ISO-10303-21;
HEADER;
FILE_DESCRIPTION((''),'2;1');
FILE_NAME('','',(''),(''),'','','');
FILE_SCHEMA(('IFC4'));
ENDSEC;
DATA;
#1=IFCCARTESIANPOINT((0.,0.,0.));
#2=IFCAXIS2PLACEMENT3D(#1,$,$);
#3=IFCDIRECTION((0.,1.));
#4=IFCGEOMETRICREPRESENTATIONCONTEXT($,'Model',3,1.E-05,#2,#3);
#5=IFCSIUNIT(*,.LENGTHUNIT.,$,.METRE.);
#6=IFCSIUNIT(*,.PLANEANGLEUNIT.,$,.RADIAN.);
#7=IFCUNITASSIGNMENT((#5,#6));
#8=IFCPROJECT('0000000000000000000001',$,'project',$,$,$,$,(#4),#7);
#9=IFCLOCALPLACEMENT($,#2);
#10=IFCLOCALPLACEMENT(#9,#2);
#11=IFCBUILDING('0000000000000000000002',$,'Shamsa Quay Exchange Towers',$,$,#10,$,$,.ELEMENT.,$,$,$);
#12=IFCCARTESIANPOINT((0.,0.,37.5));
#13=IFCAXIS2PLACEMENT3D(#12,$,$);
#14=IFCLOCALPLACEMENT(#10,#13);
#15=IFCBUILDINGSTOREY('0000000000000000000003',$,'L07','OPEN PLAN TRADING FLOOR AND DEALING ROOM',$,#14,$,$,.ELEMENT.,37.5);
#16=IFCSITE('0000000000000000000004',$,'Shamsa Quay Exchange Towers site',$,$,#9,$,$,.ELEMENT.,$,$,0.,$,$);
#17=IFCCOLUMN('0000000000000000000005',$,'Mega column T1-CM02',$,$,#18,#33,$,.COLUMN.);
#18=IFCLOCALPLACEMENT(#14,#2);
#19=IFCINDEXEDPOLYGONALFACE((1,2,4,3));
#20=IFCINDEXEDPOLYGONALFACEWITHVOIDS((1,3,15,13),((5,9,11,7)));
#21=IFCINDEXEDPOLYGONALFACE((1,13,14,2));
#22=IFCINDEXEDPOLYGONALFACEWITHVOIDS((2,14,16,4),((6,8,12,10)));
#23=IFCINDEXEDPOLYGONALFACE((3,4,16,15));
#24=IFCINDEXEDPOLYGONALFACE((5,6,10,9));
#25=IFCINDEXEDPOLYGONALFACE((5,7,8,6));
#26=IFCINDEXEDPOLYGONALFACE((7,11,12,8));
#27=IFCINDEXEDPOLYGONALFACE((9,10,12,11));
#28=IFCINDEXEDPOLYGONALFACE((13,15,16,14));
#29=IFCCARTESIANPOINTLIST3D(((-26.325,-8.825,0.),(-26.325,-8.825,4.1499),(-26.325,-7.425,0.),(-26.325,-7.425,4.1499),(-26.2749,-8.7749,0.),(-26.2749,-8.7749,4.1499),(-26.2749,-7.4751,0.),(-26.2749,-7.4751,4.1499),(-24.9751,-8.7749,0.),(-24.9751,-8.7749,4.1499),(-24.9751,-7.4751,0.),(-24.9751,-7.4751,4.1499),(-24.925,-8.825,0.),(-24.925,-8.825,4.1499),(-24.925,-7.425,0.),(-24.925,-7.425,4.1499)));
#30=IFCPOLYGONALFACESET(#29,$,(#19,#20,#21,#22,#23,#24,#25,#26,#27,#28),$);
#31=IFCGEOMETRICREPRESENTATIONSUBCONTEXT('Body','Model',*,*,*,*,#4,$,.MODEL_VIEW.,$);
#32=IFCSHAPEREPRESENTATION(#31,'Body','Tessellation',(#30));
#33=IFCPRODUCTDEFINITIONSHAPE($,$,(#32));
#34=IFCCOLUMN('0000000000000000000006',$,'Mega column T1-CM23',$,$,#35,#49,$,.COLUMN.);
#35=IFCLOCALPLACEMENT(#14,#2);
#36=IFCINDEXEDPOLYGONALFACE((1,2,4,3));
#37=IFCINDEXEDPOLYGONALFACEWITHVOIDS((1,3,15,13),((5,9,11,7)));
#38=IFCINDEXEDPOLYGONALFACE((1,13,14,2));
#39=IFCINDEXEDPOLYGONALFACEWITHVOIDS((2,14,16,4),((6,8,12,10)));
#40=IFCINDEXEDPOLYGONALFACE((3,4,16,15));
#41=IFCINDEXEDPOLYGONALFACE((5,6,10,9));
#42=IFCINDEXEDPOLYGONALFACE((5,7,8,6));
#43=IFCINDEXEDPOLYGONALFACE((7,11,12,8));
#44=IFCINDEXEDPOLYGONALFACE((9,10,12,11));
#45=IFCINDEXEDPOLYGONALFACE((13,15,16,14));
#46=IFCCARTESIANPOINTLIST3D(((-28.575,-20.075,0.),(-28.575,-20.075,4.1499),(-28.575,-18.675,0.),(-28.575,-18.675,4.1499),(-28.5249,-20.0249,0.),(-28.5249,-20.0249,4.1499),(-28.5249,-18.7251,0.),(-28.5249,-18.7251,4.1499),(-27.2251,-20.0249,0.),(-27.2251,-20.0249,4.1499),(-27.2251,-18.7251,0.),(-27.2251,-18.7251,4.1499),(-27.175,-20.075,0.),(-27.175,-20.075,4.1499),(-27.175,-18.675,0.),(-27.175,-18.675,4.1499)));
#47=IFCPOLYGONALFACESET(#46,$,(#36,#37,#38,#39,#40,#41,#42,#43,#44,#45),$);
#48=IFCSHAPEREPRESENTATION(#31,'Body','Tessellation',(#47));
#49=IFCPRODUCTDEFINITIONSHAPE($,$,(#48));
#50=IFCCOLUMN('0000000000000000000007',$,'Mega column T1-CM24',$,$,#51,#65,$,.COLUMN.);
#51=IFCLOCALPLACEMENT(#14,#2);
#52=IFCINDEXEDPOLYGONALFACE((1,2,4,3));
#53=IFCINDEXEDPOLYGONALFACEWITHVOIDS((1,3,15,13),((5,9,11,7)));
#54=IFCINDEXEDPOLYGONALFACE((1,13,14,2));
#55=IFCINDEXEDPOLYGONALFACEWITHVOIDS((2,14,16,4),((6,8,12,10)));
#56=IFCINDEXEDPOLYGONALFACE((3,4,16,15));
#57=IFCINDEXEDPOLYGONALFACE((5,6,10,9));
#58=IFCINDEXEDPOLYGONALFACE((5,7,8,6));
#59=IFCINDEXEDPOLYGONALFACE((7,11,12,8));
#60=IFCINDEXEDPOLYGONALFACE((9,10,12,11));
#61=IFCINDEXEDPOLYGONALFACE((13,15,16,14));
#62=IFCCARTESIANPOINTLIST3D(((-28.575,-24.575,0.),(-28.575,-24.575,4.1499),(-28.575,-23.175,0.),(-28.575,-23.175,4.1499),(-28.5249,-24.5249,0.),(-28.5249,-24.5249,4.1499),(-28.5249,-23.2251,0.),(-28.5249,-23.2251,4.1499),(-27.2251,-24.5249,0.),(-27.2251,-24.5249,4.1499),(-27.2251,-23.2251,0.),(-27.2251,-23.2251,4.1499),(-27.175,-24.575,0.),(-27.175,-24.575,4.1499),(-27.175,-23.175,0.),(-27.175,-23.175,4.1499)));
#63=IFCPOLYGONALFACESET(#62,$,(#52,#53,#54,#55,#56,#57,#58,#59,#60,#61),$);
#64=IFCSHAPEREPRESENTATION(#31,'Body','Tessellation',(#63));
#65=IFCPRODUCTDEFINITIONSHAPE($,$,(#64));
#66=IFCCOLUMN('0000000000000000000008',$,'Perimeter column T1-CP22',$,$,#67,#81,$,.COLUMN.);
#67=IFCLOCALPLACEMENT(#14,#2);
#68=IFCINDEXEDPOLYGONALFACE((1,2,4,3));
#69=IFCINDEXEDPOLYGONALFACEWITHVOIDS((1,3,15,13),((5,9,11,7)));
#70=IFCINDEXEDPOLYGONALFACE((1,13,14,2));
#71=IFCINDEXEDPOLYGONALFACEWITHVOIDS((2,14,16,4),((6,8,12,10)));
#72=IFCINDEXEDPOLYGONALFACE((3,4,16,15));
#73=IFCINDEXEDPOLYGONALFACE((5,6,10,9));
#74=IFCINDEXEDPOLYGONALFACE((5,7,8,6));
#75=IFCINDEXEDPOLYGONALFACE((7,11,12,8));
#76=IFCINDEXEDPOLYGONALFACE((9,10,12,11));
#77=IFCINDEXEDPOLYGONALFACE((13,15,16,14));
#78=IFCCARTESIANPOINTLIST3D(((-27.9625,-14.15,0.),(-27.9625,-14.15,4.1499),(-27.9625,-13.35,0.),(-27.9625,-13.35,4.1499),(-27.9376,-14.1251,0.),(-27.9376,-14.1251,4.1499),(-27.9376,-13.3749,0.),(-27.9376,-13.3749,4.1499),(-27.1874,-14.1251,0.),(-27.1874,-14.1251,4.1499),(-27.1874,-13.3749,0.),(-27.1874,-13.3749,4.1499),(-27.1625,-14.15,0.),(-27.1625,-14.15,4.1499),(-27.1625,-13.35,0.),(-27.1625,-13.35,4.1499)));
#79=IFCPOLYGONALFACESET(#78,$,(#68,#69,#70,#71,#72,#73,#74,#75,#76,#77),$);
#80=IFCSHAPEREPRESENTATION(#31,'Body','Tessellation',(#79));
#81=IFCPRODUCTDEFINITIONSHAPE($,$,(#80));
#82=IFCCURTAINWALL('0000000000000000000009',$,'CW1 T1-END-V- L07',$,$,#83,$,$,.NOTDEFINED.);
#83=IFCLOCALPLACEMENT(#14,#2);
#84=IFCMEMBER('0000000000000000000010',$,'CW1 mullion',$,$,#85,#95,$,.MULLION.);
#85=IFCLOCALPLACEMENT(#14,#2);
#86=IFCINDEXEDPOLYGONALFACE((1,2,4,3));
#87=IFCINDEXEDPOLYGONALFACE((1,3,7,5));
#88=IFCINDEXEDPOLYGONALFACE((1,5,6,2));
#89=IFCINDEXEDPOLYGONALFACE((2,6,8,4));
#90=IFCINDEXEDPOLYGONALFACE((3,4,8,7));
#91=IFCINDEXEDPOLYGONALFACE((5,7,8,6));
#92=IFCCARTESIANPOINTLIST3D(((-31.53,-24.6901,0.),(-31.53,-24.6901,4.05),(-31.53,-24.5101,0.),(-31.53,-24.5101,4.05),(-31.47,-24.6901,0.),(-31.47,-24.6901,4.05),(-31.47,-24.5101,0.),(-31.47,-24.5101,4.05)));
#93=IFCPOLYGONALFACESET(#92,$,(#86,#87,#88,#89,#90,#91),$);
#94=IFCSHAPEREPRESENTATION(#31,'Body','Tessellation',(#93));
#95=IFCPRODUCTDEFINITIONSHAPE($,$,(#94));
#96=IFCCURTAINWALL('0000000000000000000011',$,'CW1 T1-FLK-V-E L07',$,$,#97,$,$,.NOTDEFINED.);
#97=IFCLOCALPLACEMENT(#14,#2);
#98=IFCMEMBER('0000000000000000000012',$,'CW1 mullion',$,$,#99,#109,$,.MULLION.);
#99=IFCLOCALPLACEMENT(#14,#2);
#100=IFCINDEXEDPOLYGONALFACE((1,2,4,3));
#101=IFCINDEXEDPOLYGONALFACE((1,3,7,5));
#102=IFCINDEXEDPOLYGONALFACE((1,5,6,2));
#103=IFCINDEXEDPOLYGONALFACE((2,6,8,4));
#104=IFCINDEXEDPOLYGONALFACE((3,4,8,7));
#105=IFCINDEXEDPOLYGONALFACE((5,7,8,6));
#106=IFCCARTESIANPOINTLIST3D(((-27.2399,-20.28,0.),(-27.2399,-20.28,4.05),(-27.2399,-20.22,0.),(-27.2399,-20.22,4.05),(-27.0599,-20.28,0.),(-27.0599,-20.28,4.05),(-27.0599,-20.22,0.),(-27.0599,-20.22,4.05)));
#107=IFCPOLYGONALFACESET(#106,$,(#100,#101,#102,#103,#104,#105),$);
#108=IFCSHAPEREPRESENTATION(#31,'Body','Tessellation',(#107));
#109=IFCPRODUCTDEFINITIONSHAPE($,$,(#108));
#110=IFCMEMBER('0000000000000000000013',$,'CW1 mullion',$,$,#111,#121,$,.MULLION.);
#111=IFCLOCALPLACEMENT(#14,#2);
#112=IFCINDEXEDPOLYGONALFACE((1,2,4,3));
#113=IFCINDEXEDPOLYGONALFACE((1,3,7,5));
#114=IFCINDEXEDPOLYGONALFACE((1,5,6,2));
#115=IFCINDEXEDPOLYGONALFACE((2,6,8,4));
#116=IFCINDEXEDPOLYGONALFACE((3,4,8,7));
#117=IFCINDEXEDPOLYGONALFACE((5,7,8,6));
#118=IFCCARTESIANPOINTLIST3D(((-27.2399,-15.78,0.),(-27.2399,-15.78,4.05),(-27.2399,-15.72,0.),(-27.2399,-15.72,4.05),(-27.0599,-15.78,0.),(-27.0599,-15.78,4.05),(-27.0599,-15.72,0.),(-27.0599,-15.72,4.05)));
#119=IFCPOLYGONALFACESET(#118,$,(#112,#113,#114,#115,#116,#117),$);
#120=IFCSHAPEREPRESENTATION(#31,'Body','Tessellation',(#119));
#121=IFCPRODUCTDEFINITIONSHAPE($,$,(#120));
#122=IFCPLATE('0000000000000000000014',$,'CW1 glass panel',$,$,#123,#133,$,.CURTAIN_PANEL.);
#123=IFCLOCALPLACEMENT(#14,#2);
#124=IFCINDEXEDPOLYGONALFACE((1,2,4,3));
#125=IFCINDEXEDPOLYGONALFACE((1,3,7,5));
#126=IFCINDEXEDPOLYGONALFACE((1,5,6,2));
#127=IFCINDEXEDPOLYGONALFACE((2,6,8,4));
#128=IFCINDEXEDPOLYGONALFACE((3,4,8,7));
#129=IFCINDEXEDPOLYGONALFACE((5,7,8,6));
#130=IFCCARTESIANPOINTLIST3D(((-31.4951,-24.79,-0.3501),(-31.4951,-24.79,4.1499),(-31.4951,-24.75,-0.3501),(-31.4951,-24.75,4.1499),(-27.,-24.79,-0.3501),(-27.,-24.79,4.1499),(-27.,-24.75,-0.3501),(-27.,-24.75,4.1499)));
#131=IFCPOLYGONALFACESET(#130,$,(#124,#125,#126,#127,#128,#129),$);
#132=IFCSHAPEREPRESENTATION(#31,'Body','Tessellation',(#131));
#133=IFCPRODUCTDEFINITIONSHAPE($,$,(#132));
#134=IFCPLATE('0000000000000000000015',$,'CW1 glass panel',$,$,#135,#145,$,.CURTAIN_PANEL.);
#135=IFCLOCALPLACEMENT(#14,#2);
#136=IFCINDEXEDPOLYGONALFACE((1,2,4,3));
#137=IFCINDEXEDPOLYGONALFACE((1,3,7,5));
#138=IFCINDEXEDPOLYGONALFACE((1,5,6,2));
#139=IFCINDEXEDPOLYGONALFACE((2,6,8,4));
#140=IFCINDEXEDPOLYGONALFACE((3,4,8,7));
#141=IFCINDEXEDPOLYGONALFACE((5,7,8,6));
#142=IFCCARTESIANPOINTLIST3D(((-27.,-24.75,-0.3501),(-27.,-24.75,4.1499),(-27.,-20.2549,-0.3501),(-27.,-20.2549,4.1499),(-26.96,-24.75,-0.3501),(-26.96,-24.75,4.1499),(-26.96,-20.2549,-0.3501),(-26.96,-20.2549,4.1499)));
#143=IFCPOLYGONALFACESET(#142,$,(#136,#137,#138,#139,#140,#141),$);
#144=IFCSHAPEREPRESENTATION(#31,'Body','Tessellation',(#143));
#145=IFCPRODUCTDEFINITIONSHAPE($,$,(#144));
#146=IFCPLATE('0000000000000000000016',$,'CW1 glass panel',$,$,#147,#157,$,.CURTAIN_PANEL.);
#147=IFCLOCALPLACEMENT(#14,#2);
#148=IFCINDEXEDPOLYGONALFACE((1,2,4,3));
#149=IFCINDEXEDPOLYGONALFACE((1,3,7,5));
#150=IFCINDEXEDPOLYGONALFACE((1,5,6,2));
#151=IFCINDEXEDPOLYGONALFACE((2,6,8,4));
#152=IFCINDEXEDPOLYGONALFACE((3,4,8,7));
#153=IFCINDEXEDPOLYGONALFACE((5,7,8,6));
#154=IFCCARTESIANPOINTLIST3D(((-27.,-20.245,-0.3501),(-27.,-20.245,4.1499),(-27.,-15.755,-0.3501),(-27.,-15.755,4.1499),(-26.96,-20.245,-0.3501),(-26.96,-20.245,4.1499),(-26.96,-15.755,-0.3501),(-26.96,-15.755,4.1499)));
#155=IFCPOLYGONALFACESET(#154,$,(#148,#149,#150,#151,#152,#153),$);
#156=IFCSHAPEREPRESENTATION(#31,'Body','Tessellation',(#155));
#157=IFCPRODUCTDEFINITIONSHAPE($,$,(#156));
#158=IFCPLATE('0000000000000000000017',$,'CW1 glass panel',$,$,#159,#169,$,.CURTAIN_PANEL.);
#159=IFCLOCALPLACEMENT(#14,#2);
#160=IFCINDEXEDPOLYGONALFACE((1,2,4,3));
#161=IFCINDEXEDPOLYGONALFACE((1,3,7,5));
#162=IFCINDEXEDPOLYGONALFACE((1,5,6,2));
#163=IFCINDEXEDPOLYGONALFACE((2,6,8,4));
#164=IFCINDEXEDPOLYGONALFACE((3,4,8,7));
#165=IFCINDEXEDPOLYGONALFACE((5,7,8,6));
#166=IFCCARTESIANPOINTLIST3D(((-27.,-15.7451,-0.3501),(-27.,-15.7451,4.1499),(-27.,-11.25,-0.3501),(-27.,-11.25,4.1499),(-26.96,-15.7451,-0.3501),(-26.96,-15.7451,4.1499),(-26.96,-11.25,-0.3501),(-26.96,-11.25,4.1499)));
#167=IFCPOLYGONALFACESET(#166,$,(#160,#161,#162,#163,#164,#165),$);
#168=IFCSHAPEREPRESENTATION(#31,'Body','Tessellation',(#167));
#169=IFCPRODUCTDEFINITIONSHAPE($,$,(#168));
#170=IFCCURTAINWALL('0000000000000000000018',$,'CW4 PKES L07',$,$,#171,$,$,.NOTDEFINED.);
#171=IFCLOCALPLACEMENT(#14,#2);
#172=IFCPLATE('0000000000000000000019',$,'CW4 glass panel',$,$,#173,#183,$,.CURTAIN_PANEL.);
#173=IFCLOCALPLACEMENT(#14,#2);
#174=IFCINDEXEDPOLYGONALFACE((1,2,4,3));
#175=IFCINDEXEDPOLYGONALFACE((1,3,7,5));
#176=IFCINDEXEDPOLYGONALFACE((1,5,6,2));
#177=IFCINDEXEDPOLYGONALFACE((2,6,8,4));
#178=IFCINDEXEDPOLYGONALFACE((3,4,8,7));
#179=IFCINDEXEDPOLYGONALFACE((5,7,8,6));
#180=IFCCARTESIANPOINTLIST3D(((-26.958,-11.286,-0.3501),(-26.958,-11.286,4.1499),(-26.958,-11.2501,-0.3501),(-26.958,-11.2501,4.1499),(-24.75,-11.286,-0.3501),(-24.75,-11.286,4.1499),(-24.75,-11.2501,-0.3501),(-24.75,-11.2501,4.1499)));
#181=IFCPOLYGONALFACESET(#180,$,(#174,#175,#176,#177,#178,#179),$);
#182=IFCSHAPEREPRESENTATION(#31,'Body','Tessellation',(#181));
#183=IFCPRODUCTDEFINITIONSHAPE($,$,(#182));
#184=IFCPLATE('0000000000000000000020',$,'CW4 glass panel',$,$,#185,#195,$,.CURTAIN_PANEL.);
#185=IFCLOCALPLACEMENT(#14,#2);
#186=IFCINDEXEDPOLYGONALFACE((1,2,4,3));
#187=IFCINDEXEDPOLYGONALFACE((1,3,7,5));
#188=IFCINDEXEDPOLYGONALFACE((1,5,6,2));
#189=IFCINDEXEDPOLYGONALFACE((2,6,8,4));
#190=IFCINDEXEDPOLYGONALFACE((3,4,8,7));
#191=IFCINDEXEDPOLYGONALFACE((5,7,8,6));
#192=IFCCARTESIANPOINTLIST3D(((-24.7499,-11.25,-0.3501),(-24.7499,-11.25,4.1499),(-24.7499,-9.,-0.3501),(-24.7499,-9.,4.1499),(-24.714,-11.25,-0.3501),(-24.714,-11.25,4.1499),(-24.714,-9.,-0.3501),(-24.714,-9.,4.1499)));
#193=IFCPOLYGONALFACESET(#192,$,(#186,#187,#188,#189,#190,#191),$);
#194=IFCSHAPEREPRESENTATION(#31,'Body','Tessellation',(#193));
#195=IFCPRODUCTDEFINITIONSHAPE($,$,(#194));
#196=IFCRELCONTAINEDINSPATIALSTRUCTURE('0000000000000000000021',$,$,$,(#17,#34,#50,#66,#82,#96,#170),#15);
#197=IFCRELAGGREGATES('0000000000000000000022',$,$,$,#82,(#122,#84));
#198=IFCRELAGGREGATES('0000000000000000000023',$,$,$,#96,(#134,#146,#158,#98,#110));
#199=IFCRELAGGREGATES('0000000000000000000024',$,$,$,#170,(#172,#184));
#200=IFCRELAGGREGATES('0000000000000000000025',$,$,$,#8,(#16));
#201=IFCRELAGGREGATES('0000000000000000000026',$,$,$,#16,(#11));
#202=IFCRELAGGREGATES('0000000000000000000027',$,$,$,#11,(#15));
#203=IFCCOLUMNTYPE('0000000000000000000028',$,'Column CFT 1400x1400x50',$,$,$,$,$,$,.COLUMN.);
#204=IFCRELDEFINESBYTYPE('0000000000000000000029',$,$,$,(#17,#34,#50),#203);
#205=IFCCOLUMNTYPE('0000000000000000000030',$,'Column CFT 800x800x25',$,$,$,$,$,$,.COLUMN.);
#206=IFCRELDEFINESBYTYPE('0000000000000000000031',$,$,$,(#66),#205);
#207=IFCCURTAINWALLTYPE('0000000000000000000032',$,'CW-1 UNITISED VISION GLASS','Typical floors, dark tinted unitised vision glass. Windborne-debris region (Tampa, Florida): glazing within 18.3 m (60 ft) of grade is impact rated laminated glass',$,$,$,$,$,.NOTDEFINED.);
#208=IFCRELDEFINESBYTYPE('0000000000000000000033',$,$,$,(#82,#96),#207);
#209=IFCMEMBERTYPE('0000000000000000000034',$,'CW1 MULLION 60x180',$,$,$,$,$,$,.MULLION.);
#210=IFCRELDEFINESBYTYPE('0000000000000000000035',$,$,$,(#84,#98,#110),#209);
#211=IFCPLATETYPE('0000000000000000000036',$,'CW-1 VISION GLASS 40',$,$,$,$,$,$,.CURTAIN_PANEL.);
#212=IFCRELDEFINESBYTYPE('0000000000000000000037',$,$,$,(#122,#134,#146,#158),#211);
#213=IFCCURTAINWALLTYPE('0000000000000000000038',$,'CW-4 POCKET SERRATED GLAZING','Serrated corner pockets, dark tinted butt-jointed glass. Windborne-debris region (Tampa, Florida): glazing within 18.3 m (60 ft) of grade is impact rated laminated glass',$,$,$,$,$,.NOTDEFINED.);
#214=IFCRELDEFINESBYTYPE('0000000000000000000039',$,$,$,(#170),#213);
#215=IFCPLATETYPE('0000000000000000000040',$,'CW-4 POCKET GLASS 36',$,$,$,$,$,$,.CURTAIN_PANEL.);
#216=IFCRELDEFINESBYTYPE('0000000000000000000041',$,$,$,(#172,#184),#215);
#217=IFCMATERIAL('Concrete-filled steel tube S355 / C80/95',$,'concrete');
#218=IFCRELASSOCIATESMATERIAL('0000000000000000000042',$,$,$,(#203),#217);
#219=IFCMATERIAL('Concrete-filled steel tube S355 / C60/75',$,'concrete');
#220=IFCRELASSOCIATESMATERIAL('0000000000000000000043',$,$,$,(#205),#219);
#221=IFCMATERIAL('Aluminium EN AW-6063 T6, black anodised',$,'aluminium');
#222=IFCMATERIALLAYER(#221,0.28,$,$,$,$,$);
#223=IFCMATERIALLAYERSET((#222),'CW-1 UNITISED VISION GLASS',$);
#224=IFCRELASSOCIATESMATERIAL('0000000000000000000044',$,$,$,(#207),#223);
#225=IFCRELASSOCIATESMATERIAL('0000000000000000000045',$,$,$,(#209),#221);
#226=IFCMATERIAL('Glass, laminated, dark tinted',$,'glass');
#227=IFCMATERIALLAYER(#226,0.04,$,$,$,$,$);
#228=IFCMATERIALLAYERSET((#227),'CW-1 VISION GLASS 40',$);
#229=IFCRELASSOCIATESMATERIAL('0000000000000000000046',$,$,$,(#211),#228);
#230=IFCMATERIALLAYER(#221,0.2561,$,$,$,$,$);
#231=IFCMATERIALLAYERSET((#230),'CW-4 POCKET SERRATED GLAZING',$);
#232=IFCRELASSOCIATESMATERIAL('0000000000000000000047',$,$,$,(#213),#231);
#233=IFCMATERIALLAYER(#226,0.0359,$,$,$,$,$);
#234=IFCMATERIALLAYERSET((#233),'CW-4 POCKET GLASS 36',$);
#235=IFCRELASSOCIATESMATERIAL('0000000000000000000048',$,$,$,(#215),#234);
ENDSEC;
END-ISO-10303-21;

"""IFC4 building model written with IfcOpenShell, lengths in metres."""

from ifc_helpers import new_model, si_unit, direction, frame, origin, origin_2d, place, context, subcontext, project, spatial, rectangle, hollow_rectangle, extrude, material, layer, layer_set, material_profile, profile_set, type_object, element, aggregate, save


model = new_model("IFC4")

# Units and contexts
model_context = context("Model", 3, precision=1e-05, world=origin(), true_north=direction((0.0, 1.0)))
body_context = subcontext(model_context, "Body", "Model", "MODEL_VIEW")
ifc_project = project(units=[si_unit("LENGTHUNIT", "METRE"), si_unit("PLANEANGLEUNIT", "RADIAN")], contexts=[model_context])

# Site, building, storey
site_placement = place(None, origin())
site = spatial("IfcSite", under=ifc_project, at=site_placement, Name="Shamsa Quay Exchange Towers site", CompositionType="ELEMENT", RefElevation=0.0)
building_placement = place(site_placement, origin())
building = spatial("IfcBuilding", under=site, at=building_placement, Name="Shamsa Quay Exchange Towers", CompositionType="ELEMENT")
storey_placement = place(building_placement, frame((0.0, 0.0, 37.5)))
storey = spatial("IfcBuildingStorey", under=building, at=storey_placement, Name="L07", Description="OPEN PLAN TRADING FLOOR AND DEALING ROOM", CompositionType="ELEMENT", Elevation=37.5)

# Columns
ifc_material_1 = material(Name="Concrete-filled steel tube S355 / C80/95", Category="concrete")
ifc_material_profile_1 = material_profile(ifc_material_1, hollow_rectangle(XDim=1.3999, YDim=1.3999, WallThickness=0.05, at=origin_2d()), Name="CFT 1400x1400x50")
ifc_profile_set_1 = profile_set([ifc_material_profile_1], Name="Concrete-filled steel tube S355 / C80/95")
column_type_1 = type_object("IfcColumnType", Name="Column CFT 1400x1400x50", PredefinedType="COLUMN", material=ifc_profile_set_1)
for number, where, name in (
    (1, (-25.625, -8.125, 0.0), "Mega column T1-CM02"),
    (2, (-27.875, -19.375, 0.0), "Mega column T1-CM23"),
    (3, (-27.875, -23.875, 0.0), "Mega column T1-CM24"),
):
    element("IfcColumn", number, at=place(storey_placement, frame(where)), inside=storey, type_object=column_type_1, Name=name, PredefinedType="COLUMN", context=body_context, shape_type="SweptSolid", body=[
        extrude(hollow_rectangle(XDim=1.3999, YDim=1.3999, WallThickness=0.05, at=origin_2d()), origin(), (0.0, 0.0, 1.0), 4.1499),
    ])
ifc_material_2 = material(Name="Concrete-filled steel tube S355 / C60/75", Category="concrete")
ifc_material_profile_2 = material_profile(ifc_material_2, hollow_rectangle(XDim=0.8, YDim=0.8, WallThickness=0.0249, at=origin_2d()), Name="CFT 800x800x25")
ifc_profile_set_2 = profile_set([ifc_material_profile_2], Name="Concrete-filled steel tube S355 / C60/75")
column_type_2 = type_object("IfcColumnType", Name="Column CFT 800x800x25", PredefinedType="COLUMN", material=ifc_profile_set_2)
column_placement = place(storey_placement, frame((-27.5625, -13.75, 0.0)))
element("IfcColumn", 4, at=column_placement, inside=storey, type_object=column_type_2, Name="Perimeter column T1-CP22", PredefinedType="COLUMN", context=body_context, shape_type="SweptSolid", body=[
    extrude(hollow_rectangle(XDim=0.8, YDim=0.8, WallThickness=0.0249, at=origin_2d()), origin(), (0.0, 0.0, 1.0), 4.1499),
])

# Curtain wall, member
ifc_material_3 = material(Name="Aluminium EN AW-6063 T6, black anodised", Category="aluminium")
ifc_layer_1 = layer(ifc_material_3, 0.28)
ifc_layer_set_1 = layer_set([ifc_layer_1], Name="CW-1 UNITISED VISION GLASS")
curtain_wall_type_1 = type_object("IfcCurtainWallType", Name="CW-1 UNITISED VISION GLASS", Description="Typical floors, dark tinted unitised vision glass. Windborne-debris region (Tampa, Florida): glazing within 18.3 m (60 ft) of grade is impact rated laminated glass", PredefinedType="NOTDEFINED", material=ifc_layer_set_1)
curtain_wall_1_placement = place(storey_placement, origin())
curtain_wall_1 = element("IfcCurtainWall", 5, at=curtain_wall_1_placement, inside=storey, type_object=curtain_wall_type_1, Name="CW1 T1-END-V- L07", PredefinedType="NOTDEFINED")
ifc_material_profile_3 = material_profile(ifc_material_3, rectangle(XDim=0.1799, YDim=0.0601, at=origin_2d()), Name="MU60x180")
ifc_profile_set_3 = profile_set([ifc_material_profile_3], Name="Aluminium EN AW-6063 T6, black anodised")
member_type = type_object("IfcMemberType", Name="CW1 MULLION 60x180", PredefinedType="MULLION", material=ifc_profile_set_3)
member_1_placement = place(storey_placement, frame((-31.5, -24.6001, 0.0), z_axis=(0.0, 0.0, 1.0), x_axis=(0.0, 1.0, 0.0)))
member_1 = element("IfcMember", 6, at=member_1_placement, type_object=member_type, Name="CW1 mullion", PredefinedType="MULLION", context=body_context, shape_type="SweptSolid", body=[
    extrude(rectangle(XDim=0.1799, YDim=0.0601, at=origin_2d()), origin(), (0.0, 0.0, 1.0), 4.05),
])

# Curtain wall, members
curtain_wall_2_placement = place(storey_placement, origin())
curtain_wall_2 = element("IfcCurtainWall", 7, at=curtain_wall_2_placement, inside=storey, type_object=curtain_wall_type_1, Name="CW1 T1-FLK-V-E L07", PredefinedType="NOTDEFINED")
member_2_placement = place(storey_placement, frame((-27.1499, -20.25, 0.0), z_axis=(0.0, 0.0, 1.0), x_axis=(-1.0, 0.0, 0.0)))
member_2 = element("IfcMember", 8, at=member_2_placement, type_object=member_type, Name="CW1 mullion", PredefinedType="MULLION", context=body_context, shape_type="SweptSolid", body=[
    extrude(rectangle(XDim=0.1799, YDim=0.0601, at=origin_2d()), origin(), (0.0, 0.0, 1.0), 4.05),
])
member_3_placement = place(storey_placement, frame((-27.1499, -15.75, 0.0), z_axis=(0.0, 0.0, 1.0), x_axis=(-1.0, 0.0, 0.0)))
member_3 = element("IfcMember", 9, at=member_3_placement, type_object=member_type, Name="CW1 mullion", PredefinedType="MULLION", context=body_context, shape_type="SweptSolid", body=[
    extrude(rectangle(XDim=0.1799, YDim=0.0601, at=origin_2d()), origin(), (0.0, 0.0, 1.0), 4.05),
])

# Plates
ifc_material_4 = material(Name="Glass, laminated, dark tinted", Category="glass")
ifc_layer_2 = layer(ifc_material_4, 0.04)
ifc_layer_set_2 = layer_set([ifc_layer_2], Name="CW-1 VISION GLASS 40")
plate_type_1 = type_object("IfcPlateType", Name="CW-1 VISION GLASS 40", PredefinedType="CURTAIN_PANEL", material=ifc_layer_set_2)
plate_1_placement = place(storey_placement, frame((-29.2476, -24.77, -0.3501)))
plate_1 = element("IfcPlate", 10, at=plate_1_placement, type_object=plate_type_1, Name="CW1 glass panel", PredefinedType="CURTAIN_PANEL", context=body_context, shape_type="SweptSolid", body=[
    extrude(rectangle(XDim=4.4951, YDim=0.04, at=origin_2d()), origin(), (0.0, 0.0, 1.0), 4.5),
])
aggregate(curtain_wall_1, [plate_1, member_1])
plate_2_placement = place(storey_placement, frame((-26.98, -22.5024, -0.3501), z_axis=(0.0, 0.0, 1.0), x_axis=(0.0, 1.0, 0.0)))
plate_2 = element("IfcPlate", 11, at=plate_2_placement, type_object=plate_type_1, Name="CW1 glass panel", PredefinedType="CURTAIN_PANEL", context=body_context, shape_type="SweptSolid", body=[
    extrude(rectangle(XDim=4.4951, YDim=0.04, at=origin_2d()), origin(), (0.0, 0.0, 1.0), 4.5),
])
plate_3_placement = place(storey_placement, frame((-26.98, -18.0, -0.3501), z_axis=(0.0, 0.0, 1.0), x_axis=(0.0, 1.0, 0.0)))
plate_3 = element("IfcPlate", 12, at=plate_3_placement, type_object=plate_type_1, Name="CW1 glass panel", PredefinedType="CURTAIN_PANEL", context=body_context, shape_type="SweptSolid", body=[
    extrude(rectangle(XDim=4.49, YDim=0.04, at=origin_2d()), origin(), (0.0, 0.0, 1.0), 4.5),
])
plate_4_placement = place(storey_placement, frame((-26.98, -13.4976, -0.3501), z_axis=(0.0, 0.0, 1.0), x_axis=(0.0, 1.0, 0.0)))
plate_4 = element("IfcPlate", 13, at=plate_4_placement, type_object=plate_type_1, Name="CW1 glass panel", PredefinedType="CURTAIN_PANEL", context=body_context, shape_type="SweptSolid", body=[
    extrude(rectangle(XDim=4.4951, YDim=0.04, at=origin_2d()), origin(), (0.0, 0.0, 1.0), 4.5),
])
aggregate(curtain_wall_2, [plate_2, plate_3, plate_4, member_2, member_3])

# Curtain wall, plates
ifc_layer_3 = layer(ifc_material_3, 0.2561)
ifc_layer_set_3 = layer_set([ifc_layer_3], Name="CW-4 POCKET SERRATED GLAZING")
curtain_wall_type_2 = type_object("IfcCurtainWallType", Name="CW-4 POCKET SERRATED GLAZING", Description="Serrated corner pockets, dark tinted butt-jointed glass. Windborne-debris region (Tampa, Florida): glazing within 18.3 m (60 ft) of grade is impact rated laminated glass", PredefinedType="NOTDEFINED", material=ifc_layer_set_3)
curtain_wall_3_placement = place(storey_placement, origin())
curtain_wall_3 = element("IfcCurtainWall", 14, at=curtain_wall_3_placement, inside=storey, type_object=curtain_wall_type_2, Name="CW4 PKES L07", PredefinedType="NOTDEFINED")
ifc_layer_4 = layer(ifc_material_4, 0.0359)
ifc_layer_set_4 = layer_set([ifc_layer_4], Name="CW-4 POCKET GLASS 36")
plate_type_2 = type_object("IfcPlateType", Name="CW-4 POCKET GLASS 36", PredefinedType="CURTAIN_PANEL", material=ifc_layer_set_4)
plate_5_placement = place(storey_placement, frame((-25.854, -11.2681, -0.3501)))
plate_5 = element("IfcPlate", 15, at=plate_5_placement, type_object=plate_type_2, Name="CW4 glass panel", PredefinedType="CURTAIN_PANEL", context=body_context, shape_type="SweptSolid", body=[
    extrude(rectangle(XDim=2.208, YDim=0.0359, at=origin_2d()), origin(), (0.0, 0.0, 1.0), 4.5),
])
plate_6_placement = place(storey_placement, frame((-24.7319, -10.125, -0.3501), z_axis=(0.0, 0.0, 1.0), x_axis=(0.0, 1.0, 0.0)))
plate_6 = element("IfcPlate", 16, at=plate_6_placement, type_object=plate_type_2, Name="CW4 glass panel", PredefinedType="CURTAIN_PANEL", context=body_context, shape_type="SweptSolid", body=[
    extrude(rectangle(XDim=2.25, YDim=0.0359, at=origin_2d()), origin(), (0.0, 0.0, 1.0), 4.5),
])
aggregate(curtain_wall_3, [plate_5, plate_6])

save(model, "model.ifc")
